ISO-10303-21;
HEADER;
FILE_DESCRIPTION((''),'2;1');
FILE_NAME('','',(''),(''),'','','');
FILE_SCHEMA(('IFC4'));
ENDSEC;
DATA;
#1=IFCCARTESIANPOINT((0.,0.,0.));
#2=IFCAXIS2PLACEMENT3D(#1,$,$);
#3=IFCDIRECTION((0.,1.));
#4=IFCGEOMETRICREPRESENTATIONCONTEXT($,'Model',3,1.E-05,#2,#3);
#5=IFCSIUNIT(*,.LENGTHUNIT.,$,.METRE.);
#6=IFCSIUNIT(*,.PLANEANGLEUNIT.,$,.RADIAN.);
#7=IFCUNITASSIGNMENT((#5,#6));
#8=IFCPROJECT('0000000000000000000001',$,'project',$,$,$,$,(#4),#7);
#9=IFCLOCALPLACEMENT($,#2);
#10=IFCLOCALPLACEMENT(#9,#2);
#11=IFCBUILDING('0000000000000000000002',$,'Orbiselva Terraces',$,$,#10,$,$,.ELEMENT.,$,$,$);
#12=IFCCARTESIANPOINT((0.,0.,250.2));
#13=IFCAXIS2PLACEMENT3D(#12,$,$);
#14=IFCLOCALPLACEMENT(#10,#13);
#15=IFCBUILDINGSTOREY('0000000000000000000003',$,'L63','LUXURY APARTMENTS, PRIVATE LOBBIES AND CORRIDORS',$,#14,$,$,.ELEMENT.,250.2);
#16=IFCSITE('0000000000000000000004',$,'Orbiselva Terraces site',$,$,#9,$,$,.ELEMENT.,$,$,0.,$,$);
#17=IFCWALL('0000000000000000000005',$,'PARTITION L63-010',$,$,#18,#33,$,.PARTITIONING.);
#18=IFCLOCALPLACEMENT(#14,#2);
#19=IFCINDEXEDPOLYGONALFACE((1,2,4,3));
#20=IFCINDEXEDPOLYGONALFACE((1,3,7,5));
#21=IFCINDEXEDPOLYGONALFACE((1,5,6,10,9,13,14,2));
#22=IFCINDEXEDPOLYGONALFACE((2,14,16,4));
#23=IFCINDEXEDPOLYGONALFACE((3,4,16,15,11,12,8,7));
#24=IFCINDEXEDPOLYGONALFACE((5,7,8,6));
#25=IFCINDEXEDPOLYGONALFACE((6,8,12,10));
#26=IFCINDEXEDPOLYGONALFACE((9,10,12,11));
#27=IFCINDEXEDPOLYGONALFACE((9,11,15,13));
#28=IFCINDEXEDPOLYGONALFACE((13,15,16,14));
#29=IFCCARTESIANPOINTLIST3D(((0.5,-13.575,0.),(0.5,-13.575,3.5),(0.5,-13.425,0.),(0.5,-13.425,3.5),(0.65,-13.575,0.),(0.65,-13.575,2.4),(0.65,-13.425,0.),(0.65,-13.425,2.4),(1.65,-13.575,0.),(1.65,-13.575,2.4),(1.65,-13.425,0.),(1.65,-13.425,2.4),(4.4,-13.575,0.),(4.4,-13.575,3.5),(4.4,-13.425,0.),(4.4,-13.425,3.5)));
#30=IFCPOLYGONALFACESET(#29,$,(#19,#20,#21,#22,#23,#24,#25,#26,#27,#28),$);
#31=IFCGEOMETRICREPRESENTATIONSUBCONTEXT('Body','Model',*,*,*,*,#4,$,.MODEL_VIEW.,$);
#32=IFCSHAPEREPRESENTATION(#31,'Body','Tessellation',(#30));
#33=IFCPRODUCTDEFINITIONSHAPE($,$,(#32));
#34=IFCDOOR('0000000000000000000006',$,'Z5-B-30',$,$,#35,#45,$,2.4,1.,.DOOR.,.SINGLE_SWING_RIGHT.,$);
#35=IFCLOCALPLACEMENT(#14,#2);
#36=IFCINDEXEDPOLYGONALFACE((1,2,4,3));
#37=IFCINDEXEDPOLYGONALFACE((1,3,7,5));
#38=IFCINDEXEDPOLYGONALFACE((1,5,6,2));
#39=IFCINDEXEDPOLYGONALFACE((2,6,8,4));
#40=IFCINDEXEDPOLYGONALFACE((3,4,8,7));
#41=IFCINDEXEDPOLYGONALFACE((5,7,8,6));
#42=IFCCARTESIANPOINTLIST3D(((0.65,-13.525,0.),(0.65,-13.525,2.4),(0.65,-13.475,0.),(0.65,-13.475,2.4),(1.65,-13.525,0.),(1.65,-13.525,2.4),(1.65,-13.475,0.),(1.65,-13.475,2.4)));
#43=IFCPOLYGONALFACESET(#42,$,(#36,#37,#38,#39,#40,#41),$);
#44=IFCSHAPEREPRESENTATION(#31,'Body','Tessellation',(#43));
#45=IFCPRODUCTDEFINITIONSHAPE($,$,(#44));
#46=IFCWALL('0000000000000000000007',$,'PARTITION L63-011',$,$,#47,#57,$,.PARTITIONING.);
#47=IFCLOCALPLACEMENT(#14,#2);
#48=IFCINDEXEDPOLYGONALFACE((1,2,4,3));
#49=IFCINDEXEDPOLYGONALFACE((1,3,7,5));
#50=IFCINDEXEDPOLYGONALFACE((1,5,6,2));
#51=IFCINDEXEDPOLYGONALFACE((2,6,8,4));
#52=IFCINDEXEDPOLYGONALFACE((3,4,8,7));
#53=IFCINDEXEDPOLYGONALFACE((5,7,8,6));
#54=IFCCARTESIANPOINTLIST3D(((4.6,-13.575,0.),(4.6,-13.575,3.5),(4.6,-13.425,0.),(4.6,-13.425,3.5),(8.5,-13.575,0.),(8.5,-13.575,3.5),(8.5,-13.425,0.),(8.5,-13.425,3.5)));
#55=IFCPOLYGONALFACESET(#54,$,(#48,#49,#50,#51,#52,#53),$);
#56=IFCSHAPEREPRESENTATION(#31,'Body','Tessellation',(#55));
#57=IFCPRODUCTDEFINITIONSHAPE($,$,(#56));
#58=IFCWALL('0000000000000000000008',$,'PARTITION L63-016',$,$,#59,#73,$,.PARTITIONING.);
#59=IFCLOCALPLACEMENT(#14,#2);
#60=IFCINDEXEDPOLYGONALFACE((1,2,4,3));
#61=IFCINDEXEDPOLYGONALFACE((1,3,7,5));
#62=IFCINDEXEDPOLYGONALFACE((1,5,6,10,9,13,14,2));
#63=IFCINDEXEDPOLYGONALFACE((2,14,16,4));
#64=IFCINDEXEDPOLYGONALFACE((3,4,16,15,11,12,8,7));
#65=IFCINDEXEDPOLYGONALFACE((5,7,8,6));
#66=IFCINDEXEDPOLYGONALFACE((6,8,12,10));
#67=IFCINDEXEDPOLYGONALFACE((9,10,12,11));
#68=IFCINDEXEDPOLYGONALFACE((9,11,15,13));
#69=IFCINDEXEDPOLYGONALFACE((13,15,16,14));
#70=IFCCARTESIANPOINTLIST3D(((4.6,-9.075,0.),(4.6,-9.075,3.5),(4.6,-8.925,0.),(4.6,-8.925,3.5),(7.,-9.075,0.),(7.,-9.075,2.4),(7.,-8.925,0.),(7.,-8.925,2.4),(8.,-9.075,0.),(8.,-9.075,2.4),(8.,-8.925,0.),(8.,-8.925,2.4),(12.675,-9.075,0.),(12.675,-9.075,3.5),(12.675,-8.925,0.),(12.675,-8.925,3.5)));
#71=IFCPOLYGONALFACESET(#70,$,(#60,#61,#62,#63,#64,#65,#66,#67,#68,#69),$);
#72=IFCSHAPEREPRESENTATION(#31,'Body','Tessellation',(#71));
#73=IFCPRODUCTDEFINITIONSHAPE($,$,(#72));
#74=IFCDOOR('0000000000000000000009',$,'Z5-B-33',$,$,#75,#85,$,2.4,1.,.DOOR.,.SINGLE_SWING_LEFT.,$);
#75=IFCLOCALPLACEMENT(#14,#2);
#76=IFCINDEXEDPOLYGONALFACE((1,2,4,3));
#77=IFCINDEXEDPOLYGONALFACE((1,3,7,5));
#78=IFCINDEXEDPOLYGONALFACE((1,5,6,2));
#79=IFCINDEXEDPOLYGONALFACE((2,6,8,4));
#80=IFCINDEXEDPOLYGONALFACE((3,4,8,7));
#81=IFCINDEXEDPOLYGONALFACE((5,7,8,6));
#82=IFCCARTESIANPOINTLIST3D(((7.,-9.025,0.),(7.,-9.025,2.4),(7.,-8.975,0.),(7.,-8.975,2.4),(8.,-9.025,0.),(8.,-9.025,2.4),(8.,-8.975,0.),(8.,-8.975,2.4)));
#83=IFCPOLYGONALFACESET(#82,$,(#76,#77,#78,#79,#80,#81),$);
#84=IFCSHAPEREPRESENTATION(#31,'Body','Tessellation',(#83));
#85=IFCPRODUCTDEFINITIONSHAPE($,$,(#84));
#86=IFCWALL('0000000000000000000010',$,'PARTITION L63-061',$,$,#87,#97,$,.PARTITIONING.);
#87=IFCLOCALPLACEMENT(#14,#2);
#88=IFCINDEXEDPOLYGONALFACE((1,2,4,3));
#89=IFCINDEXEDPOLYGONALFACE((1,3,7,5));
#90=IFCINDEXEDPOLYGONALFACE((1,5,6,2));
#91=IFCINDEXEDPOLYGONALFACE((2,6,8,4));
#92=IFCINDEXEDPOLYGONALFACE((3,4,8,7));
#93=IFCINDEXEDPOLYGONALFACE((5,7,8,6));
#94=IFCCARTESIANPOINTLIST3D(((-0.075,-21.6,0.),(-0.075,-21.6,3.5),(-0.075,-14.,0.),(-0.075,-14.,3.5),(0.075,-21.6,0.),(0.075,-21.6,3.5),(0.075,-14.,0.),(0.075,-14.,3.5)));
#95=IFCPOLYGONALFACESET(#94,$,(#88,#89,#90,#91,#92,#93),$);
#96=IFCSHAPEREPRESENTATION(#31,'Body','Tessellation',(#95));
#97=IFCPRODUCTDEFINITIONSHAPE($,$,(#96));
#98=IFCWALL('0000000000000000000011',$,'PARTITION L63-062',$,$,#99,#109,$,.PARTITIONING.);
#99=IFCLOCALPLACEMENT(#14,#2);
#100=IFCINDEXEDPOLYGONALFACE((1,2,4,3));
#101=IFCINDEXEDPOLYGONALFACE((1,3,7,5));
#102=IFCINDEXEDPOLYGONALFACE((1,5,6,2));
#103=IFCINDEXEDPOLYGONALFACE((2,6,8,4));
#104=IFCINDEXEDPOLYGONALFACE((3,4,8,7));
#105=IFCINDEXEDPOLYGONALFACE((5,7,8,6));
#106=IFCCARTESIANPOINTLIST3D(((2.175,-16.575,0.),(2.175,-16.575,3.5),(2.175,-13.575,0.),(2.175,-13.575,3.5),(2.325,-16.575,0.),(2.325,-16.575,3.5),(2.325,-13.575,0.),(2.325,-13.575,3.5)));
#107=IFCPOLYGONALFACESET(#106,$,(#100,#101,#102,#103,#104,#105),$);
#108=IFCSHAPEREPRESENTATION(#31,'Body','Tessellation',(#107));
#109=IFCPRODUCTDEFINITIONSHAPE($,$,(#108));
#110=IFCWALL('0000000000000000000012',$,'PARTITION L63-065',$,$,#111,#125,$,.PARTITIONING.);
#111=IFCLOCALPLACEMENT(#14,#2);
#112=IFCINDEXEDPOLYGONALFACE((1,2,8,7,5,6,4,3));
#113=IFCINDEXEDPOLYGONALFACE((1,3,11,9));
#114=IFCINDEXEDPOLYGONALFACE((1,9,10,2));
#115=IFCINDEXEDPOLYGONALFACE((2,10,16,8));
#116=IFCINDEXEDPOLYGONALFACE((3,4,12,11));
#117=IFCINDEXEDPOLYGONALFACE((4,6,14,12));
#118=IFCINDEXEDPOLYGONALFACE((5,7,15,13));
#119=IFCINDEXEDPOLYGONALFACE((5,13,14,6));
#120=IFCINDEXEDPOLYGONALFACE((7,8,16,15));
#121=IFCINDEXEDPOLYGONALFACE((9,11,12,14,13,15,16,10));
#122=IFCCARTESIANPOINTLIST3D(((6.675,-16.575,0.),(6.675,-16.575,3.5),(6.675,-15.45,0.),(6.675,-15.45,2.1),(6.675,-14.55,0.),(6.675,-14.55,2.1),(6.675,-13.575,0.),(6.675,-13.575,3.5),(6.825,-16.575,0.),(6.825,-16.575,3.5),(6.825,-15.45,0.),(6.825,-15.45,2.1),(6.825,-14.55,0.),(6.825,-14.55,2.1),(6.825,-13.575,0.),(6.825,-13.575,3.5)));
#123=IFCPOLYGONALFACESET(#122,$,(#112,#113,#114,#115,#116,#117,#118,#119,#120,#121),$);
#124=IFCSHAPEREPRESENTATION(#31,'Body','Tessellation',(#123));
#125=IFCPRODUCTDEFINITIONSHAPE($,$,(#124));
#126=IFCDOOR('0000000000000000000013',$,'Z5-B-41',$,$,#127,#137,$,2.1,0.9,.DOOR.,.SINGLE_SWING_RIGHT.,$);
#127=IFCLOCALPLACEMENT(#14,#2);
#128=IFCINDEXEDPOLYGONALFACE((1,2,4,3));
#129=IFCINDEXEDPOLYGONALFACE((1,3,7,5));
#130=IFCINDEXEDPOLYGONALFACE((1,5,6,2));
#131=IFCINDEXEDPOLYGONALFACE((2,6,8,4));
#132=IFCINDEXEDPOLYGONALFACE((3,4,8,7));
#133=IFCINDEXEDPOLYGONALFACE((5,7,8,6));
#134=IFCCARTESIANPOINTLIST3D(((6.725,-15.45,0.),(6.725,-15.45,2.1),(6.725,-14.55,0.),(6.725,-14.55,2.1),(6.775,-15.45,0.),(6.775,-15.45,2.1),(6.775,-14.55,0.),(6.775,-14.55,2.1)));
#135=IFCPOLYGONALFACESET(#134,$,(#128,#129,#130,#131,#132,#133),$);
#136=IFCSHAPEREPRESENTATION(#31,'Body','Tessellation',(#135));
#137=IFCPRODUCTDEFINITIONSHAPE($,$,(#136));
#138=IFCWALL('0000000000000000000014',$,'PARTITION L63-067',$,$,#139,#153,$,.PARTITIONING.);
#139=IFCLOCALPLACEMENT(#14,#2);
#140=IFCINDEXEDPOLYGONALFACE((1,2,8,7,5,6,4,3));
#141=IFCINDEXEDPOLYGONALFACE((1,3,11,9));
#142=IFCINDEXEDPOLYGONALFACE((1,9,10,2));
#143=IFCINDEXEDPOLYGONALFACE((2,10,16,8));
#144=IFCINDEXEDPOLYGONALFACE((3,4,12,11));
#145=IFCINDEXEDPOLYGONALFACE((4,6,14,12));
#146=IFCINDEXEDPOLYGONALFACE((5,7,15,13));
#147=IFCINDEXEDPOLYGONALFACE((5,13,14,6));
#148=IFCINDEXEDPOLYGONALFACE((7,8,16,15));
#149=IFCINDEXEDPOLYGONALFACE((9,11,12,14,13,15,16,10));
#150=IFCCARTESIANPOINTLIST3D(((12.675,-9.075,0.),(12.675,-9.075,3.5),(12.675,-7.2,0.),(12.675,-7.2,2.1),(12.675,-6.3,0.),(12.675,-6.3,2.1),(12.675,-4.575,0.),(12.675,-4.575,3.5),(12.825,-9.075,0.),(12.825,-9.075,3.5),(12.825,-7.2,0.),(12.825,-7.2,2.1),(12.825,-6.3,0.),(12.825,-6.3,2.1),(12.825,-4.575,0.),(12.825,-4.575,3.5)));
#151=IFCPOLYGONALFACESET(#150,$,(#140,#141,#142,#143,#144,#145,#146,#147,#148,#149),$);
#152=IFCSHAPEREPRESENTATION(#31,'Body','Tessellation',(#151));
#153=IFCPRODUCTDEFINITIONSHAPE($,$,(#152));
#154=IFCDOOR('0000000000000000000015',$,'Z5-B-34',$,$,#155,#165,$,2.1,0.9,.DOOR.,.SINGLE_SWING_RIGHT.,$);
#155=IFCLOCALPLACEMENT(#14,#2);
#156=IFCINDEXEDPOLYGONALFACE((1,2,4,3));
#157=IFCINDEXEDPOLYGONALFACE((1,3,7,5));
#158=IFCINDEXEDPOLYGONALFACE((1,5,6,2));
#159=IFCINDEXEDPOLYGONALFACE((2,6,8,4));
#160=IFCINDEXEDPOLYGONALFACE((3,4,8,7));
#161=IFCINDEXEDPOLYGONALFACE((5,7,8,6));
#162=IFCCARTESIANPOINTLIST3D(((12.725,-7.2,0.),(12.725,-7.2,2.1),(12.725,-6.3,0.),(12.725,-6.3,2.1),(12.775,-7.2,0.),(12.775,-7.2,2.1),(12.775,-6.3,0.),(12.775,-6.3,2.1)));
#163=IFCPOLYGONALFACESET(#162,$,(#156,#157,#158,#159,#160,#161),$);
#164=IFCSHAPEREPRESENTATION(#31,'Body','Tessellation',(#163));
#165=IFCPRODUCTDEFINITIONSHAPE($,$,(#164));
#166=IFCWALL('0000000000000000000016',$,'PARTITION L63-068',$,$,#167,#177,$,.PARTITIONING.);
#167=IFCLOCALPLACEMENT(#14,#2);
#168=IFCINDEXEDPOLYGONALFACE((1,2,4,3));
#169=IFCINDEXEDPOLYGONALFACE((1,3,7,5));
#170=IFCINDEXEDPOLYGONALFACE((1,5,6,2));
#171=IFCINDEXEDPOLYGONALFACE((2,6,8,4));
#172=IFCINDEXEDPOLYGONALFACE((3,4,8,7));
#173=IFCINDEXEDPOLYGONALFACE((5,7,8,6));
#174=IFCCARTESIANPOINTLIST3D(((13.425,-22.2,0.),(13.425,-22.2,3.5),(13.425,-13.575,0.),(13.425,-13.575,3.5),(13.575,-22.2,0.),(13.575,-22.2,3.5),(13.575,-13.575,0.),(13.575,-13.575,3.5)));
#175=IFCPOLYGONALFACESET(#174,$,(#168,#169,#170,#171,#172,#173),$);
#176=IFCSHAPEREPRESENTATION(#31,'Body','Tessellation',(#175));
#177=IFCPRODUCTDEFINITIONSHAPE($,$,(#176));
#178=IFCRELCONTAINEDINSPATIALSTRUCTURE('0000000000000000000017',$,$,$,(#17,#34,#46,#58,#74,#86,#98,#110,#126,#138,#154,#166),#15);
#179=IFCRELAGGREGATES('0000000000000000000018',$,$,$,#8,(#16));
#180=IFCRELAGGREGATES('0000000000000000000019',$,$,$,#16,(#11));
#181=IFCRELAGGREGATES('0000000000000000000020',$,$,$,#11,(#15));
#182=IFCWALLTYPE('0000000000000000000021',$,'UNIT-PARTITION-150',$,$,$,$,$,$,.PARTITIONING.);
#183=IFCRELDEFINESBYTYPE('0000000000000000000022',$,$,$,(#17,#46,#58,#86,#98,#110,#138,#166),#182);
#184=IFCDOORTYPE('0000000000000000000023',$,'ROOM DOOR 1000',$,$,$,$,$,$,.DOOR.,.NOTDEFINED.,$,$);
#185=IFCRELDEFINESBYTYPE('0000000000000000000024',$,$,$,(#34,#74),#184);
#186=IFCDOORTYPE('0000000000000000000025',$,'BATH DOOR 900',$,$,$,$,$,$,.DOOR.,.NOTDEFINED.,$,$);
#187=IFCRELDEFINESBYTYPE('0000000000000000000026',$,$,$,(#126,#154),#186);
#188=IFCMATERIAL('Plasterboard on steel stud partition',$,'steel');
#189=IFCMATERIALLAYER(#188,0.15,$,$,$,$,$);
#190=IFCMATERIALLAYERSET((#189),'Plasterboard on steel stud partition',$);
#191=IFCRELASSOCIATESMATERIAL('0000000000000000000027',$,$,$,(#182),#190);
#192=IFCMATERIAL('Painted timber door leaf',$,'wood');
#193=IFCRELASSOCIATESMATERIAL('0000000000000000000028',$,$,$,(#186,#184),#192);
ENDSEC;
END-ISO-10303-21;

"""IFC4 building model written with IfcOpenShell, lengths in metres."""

from ifc_helpers import new_model, si_unit, direction, frame, frame_2d, origin, place, context, subcontext, project, spatial, rectangle, extrude, material, layer, layer_set, type_object, element, fill, save


model = new_model("IFC4")

# Units and contexts
model_context = context("Model", 3, precision=1e-05, world=origin(), true_north=direction((0.0, 1.0)))
body_context = subcontext(model_context, "Body", "Model", "MODEL_VIEW")
ifc_project = project(units=[si_unit("LENGTHUNIT", "METRE"), si_unit("PLANEANGLEUNIT", "RADIAN")], contexts=[model_context])

# Site, building, storey
site_placement = place(None, origin())
site = spatial("IfcSite", under=ifc_project, at=site_placement, Name="Orbiselva Terraces site", CompositionType="ELEMENT", RefElevation=0.0)
building_placement = place(site_placement, origin())
building = spatial("IfcBuilding", under=site, at=building_placement, Name="Orbiselva Terraces", CompositionType="ELEMENT")
storey_placement = place(building_placement, frame((0.0, 0.0, 250.2)))
storey = spatial("IfcBuildingStorey", under=building, at=storey_placement, Name="L63", Description="LUXURY APARTMENTS, PRIVATE LOBBIES AND CORRIDORS", CompositionType="ELEMENT", Elevation=250.2)

# Shared definitions
ifc_material_1 = material(Name="Plasterboard on steel stud partition", Category="steel")
ifc_layer_1 = layer(ifc_material_1, 0.15)
ifc_layer_set_1 = layer_set([ifc_layer_1], Name="Plasterboard on steel stud partition")
wall_type_1 = type_object("IfcWallType", Name="UNIT-PARTITION-150", PredefinedType="PARTITIONING", material=ifc_layer_set_1)
ifc_material_2 = material(Name="Painted timber door leaf", Category="wood")
door_type_1 = type_object("IfcDoorType", Name="BATH DOOR 900", OperationType="NOTDEFINED", PredefinedType="DOOR", material=ifc_material_2)

# Wall, opening, door
wall_1_placement = place(storey_placement, frame((4.4, -13.5, 0.0), z_axis=(0.0, 0.0, 1.0), x_axis=(-1.0, 0.0, 0.0)))
wall_1 = element("IfcWall", 1, at=wall_1_placement, inside=storey, type_object=wall_type_1, Name="PARTITION L63-010", PredefinedType="PARTITIONING", context=body_context, shape_type="SweptSolid", body=[
    extrude(rectangle(XDim=3.9, YDim=0.15, at=frame_2d((1.95, 0.0))), origin(), (0.0, 0.0, 1.0), 3.5),
])
opening_1_placement = place(wall_1_placement, frame((2.75, 0.0, 0.0)))
opening_1 = element("IfcOpeningElement", 2, at=opening_1_placement, cuts=wall_1, PredefinedType="OPENING", context=body_context, shape_type="SweptSolid", body=[
    extrude(rectangle(XDim=1.0, YDim=2.4, at=frame_2d((0.5, 1.2))), frame((0.0, 0.085, 0.0), z_axis=(0.0, -1.0, 0.0), x_axis=(1.0, 0.0, 0.0)), (0.0, 0.0, 1.0), 0.17),
])
door_type_2 = type_object("IfcDoorType", Name="ROOM DOOR 1000", OperationType="NOTDEFINED", PredefinedType="DOOR", material=ifc_material_2)
door_1_placement = place(opening_1_placement, origin())
door_1 = element("IfcDoor", 3, at=door_1_placement, inside=storey, type_object=door_type_2, Name="Z5-B-30", OperationType="SINGLE_SWING_RIGHT", OverallHeight=2.4, OverallWidth=1.0, PredefinedType="DOOR", context=body_context, shape_type="SweptSolid", body=[
    extrude(rectangle(XDim=1.0, YDim=2.4, at=frame_2d((0.5, 1.2))), frame((0.0, 0.025, 0.0), z_axis=(0.0, -1.0, 0.0), x_axis=(1.0, 0.0, 0.0)), (0.0, 0.0, 1.0), 0.05),
])
fill(opening_1, door_1)

# Wall
wall_2_placement = place(storey_placement, frame((4.6, -13.5, 0.0), z_axis=(0.0, 0.0, 1.0), x_axis=(1.0, 0.0, 0.0)))
element("IfcWall", 4, at=wall_2_placement, inside=storey, type_object=wall_type_1, Name="PARTITION L63-011", PredefinedType="PARTITIONING", context=body_context, shape_type="SweptSolid", body=[
    extrude(rectangle(XDim=3.9, YDim=0.15, at=frame_2d((1.95, 0.0))), origin(), (0.0, 0.0, 1.0), 3.5),
])

# Wall, opening, door
wall_3_placement = place(storey_placement, frame((4.6, -9.0, 0.0), z_axis=(0.0, 0.0, 1.0), x_axis=(1.0, 0.0, 0.0)))
wall_3 = element("IfcWall", 5, at=wall_3_placement, inside=storey, type_object=wall_type_1, Name="PARTITION L63-016", PredefinedType="PARTITIONING", context=body_context, shape_type="SweptSolid", body=[
    extrude(rectangle(XDim=8.075, YDim=0.15, at=frame_2d((4.0375, 0.0))), origin(), (0.0, 0.0, 1.0), 3.5),
])
opening_2_placement = place(wall_3_placement, frame((2.4, 0.0, 0.0)))
opening_2 = element("IfcOpeningElement", 6, at=opening_2_placement, cuts=wall_3, PredefinedType="OPENING", context=body_context, shape_type="SweptSolid", body=[
    extrude(rectangle(XDim=1.0, YDim=2.4, at=frame_2d((0.5, 1.2))), frame((0.0, 0.085, 0.0), z_axis=(0.0, -1.0, 0.0), x_axis=(1.0, 0.0, 0.0)), (0.0, 0.0, 1.0), 0.17),
])
door_2_placement = place(opening_2_placement, origin())
door_2 = element("IfcDoor", 7, at=door_2_placement, inside=storey, type_object=door_type_2, Name="Z5-B-33", OperationType="SINGLE_SWING_LEFT", OverallHeight=2.4, OverallWidth=1.0, PredefinedType="DOOR", context=body_context, shape_type="SweptSolid", body=[
    extrude(rectangle(XDim=1.0, YDim=2.4, at=frame_2d((0.5, 1.2))), frame((0.0, 0.025, 0.0), z_axis=(0.0, -1.0, 0.0), x_axis=(1.0, 0.0, 0.0)), (0.0, 0.0, 1.0), 0.05),
])
fill(opening_2, door_2)

# Walls
wall_4_placement = place(storey_placement, frame((0.0, -21.6, 0.0), z_axis=(0.0, 0.0, 1.0), x_axis=(0.0, 1.0, 0.0)))
element("IfcWall", 8, at=wall_4_placement, inside=storey, type_object=wall_type_1, Name="PARTITION L63-061", PredefinedType="PARTITIONING", context=body_context, shape_type="SweptSolid", body=[
    extrude(rectangle(XDim=7.6, YDim=0.15, at=frame_2d((3.8, 0.0))), origin(), (0.0, 0.0, 1.0), 3.5),
])
wall_5_placement = place(storey_placement, frame((2.25, -16.575, 0.0), z_axis=(0.0, 0.0, 1.0), x_axis=(0.0, 1.0, 0.0)))
element("IfcWall", 9, at=wall_5_placement, inside=storey, type_object=wall_type_1, Name="PARTITION L63-062", PredefinedType="PARTITIONING", context=body_context, shape_type="SweptSolid", body=[
    extrude(rectangle(XDim=3.0, YDim=0.15, at=frame_2d((1.5, 0.0))), origin(), (0.0, 0.0, 1.0), 3.5),
])

# Walls, openings, doors
wall_6_placement = place(storey_placement, frame((6.75, -16.575, 0.0), z_axis=(0.0, 0.0, 1.0), x_axis=(0.0, 1.0, 0.0)))
wall_6 = element("IfcWall", 10, at=wall_6_placement, inside=storey, type_object=wall_type_1, Name="PARTITION L63-065", PredefinedType="PARTITIONING", context=body_context, shape_type="SweptSolid", body=[
    extrude(rectangle(XDim=3.0, YDim=0.15, at=frame_2d((1.5, 0.0))), origin(), (0.0, 0.0, 1.0), 3.5),
])
opening_3_placement = place(wall_6_placement, frame((1.125, 0.0, 0.0)))
opening_3 = element("IfcOpeningElement", 11, at=opening_3_placement, cuts=wall_6, PredefinedType="OPENING", context=body_context, shape_type="SweptSolid", body=[
    extrude(rectangle(XDim=0.9, YDim=2.1, at=frame_2d((0.45, 1.05))), frame((0.0, 0.085, 0.0), z_axis=(0.0, -1.0, 0.0), x_axis=(1.0, 0.0, 0.0)), (0.0, 0.0, 1.0), 0.17),
])
door_3_placement = place(opening_3_placement, origin())
door_3 = element("IfcDoor", 12, at=door_3_placement, inside=storey, type_object=door_type_1, Name="Z5-B-41", OperationType="SINGLE_SWING_RIGHT", OverallHeight=2.1, OverallWidth=0.9, PredefinedType="DOOR", context=body_context, shape_type="SweptSolid", body=[
    extrude(rectangle(XDim=0.9, YDim=2.1, at=frame_2d((0.45, 1.05))), frame((0.0, 0.025, 0.0), z_axis=(0.0, -1.0, 0.0), x_axis=(1.0, 0.0, 0.0)), (0.0, 0.0, 1.0), 0.05),
])
fill(opening_3, door_3)
wall_7_placement = place(storey_placement, frame((12.75, -9.075, 0.0), z_axis=(0.0, 0.0, 1.0), x_axis=(0.0, 1.0, 0.0)))
wall_7 = element("IfcWall", 13, at=wall_7_placement, inside=storey, type_object=wall_type_1, Name="PARTITION L63-067", PredefinedType="PARTITIONING", context=body_context, shape_type="SweptSolid", body=[
    extrude(rectangle(XDim=4.5, YDim=0.15, at=frame_2d((2.25, 0.0))), origin(), (0.0, 0.0, 1.0), 3.5),
])
opening_4_placement = place(wall_7_placement, frame((1.875, 0.0, 0.0)))
opening_4 = element("IfcOpeningElement", 14, at=opening_4_placement, cuts=wall_7, PredefinedType="OPENING", context=body_context, shape_type="SweptSolid", body=[
    extrude(rectangle(XDim=0.9, YDim=2.1, at=frame_2d((0.45, 1.05))), frame((0.0, 0.085, 0.0), z_axis=(0.0, -1.0, 0.0), x_axis=(1.0, 0.0, 0.0)), (0.0, 0.0, 1.0), 0.17),
])
door_4_placement = place(opening_4_placement, origin())
door_4 = element("IfcDoor", 15, at=door_4_placement, inside=storey, type_object=door_type_1, Name="Z5-B-34", OperationType="SINGLE_SWING_RIGHT", OverallHeight=2.1, OverallWidth=0.9, PredefinedType="DOOR", context=body_context, shape_type="SweptSolid", body=[
    extrude(rectangle(XDim=0.9, YDim=2.1, at=frame_2d((0.45, 1.05))), frame((0.0, 0.025, 0.0), z_axis=(0.0, -1.0, 0.0), x_axis=(1.0, 0.0, 0.0)), (0.0, 0.0, 1.0), 0.05),
])
fill(opening_4, door_4)

# Wall
wall_8_placement = place(storey_placement, frame((13.5, -22.2, 0.0), z_axis=(0.0, 0.0, 1.0), x_axis=(0.0, 1.0, 0.0)))
element("IfcWall", 16, at=wall_8_placement, inside=storey, type_object=wall_type_1, Name="PARTITION L63-068", PredefinedType="PARTITIONING", context=body_context, shape_type="SweptSolid", body=[
    extrude(rectangle(XDim=8.625, YDim=0.15, at=frame_2d((4.3125, 0.0))), origin(), (0.0, 0.0, 1.0), 3.5),
])

save(model, "model.ifc")
